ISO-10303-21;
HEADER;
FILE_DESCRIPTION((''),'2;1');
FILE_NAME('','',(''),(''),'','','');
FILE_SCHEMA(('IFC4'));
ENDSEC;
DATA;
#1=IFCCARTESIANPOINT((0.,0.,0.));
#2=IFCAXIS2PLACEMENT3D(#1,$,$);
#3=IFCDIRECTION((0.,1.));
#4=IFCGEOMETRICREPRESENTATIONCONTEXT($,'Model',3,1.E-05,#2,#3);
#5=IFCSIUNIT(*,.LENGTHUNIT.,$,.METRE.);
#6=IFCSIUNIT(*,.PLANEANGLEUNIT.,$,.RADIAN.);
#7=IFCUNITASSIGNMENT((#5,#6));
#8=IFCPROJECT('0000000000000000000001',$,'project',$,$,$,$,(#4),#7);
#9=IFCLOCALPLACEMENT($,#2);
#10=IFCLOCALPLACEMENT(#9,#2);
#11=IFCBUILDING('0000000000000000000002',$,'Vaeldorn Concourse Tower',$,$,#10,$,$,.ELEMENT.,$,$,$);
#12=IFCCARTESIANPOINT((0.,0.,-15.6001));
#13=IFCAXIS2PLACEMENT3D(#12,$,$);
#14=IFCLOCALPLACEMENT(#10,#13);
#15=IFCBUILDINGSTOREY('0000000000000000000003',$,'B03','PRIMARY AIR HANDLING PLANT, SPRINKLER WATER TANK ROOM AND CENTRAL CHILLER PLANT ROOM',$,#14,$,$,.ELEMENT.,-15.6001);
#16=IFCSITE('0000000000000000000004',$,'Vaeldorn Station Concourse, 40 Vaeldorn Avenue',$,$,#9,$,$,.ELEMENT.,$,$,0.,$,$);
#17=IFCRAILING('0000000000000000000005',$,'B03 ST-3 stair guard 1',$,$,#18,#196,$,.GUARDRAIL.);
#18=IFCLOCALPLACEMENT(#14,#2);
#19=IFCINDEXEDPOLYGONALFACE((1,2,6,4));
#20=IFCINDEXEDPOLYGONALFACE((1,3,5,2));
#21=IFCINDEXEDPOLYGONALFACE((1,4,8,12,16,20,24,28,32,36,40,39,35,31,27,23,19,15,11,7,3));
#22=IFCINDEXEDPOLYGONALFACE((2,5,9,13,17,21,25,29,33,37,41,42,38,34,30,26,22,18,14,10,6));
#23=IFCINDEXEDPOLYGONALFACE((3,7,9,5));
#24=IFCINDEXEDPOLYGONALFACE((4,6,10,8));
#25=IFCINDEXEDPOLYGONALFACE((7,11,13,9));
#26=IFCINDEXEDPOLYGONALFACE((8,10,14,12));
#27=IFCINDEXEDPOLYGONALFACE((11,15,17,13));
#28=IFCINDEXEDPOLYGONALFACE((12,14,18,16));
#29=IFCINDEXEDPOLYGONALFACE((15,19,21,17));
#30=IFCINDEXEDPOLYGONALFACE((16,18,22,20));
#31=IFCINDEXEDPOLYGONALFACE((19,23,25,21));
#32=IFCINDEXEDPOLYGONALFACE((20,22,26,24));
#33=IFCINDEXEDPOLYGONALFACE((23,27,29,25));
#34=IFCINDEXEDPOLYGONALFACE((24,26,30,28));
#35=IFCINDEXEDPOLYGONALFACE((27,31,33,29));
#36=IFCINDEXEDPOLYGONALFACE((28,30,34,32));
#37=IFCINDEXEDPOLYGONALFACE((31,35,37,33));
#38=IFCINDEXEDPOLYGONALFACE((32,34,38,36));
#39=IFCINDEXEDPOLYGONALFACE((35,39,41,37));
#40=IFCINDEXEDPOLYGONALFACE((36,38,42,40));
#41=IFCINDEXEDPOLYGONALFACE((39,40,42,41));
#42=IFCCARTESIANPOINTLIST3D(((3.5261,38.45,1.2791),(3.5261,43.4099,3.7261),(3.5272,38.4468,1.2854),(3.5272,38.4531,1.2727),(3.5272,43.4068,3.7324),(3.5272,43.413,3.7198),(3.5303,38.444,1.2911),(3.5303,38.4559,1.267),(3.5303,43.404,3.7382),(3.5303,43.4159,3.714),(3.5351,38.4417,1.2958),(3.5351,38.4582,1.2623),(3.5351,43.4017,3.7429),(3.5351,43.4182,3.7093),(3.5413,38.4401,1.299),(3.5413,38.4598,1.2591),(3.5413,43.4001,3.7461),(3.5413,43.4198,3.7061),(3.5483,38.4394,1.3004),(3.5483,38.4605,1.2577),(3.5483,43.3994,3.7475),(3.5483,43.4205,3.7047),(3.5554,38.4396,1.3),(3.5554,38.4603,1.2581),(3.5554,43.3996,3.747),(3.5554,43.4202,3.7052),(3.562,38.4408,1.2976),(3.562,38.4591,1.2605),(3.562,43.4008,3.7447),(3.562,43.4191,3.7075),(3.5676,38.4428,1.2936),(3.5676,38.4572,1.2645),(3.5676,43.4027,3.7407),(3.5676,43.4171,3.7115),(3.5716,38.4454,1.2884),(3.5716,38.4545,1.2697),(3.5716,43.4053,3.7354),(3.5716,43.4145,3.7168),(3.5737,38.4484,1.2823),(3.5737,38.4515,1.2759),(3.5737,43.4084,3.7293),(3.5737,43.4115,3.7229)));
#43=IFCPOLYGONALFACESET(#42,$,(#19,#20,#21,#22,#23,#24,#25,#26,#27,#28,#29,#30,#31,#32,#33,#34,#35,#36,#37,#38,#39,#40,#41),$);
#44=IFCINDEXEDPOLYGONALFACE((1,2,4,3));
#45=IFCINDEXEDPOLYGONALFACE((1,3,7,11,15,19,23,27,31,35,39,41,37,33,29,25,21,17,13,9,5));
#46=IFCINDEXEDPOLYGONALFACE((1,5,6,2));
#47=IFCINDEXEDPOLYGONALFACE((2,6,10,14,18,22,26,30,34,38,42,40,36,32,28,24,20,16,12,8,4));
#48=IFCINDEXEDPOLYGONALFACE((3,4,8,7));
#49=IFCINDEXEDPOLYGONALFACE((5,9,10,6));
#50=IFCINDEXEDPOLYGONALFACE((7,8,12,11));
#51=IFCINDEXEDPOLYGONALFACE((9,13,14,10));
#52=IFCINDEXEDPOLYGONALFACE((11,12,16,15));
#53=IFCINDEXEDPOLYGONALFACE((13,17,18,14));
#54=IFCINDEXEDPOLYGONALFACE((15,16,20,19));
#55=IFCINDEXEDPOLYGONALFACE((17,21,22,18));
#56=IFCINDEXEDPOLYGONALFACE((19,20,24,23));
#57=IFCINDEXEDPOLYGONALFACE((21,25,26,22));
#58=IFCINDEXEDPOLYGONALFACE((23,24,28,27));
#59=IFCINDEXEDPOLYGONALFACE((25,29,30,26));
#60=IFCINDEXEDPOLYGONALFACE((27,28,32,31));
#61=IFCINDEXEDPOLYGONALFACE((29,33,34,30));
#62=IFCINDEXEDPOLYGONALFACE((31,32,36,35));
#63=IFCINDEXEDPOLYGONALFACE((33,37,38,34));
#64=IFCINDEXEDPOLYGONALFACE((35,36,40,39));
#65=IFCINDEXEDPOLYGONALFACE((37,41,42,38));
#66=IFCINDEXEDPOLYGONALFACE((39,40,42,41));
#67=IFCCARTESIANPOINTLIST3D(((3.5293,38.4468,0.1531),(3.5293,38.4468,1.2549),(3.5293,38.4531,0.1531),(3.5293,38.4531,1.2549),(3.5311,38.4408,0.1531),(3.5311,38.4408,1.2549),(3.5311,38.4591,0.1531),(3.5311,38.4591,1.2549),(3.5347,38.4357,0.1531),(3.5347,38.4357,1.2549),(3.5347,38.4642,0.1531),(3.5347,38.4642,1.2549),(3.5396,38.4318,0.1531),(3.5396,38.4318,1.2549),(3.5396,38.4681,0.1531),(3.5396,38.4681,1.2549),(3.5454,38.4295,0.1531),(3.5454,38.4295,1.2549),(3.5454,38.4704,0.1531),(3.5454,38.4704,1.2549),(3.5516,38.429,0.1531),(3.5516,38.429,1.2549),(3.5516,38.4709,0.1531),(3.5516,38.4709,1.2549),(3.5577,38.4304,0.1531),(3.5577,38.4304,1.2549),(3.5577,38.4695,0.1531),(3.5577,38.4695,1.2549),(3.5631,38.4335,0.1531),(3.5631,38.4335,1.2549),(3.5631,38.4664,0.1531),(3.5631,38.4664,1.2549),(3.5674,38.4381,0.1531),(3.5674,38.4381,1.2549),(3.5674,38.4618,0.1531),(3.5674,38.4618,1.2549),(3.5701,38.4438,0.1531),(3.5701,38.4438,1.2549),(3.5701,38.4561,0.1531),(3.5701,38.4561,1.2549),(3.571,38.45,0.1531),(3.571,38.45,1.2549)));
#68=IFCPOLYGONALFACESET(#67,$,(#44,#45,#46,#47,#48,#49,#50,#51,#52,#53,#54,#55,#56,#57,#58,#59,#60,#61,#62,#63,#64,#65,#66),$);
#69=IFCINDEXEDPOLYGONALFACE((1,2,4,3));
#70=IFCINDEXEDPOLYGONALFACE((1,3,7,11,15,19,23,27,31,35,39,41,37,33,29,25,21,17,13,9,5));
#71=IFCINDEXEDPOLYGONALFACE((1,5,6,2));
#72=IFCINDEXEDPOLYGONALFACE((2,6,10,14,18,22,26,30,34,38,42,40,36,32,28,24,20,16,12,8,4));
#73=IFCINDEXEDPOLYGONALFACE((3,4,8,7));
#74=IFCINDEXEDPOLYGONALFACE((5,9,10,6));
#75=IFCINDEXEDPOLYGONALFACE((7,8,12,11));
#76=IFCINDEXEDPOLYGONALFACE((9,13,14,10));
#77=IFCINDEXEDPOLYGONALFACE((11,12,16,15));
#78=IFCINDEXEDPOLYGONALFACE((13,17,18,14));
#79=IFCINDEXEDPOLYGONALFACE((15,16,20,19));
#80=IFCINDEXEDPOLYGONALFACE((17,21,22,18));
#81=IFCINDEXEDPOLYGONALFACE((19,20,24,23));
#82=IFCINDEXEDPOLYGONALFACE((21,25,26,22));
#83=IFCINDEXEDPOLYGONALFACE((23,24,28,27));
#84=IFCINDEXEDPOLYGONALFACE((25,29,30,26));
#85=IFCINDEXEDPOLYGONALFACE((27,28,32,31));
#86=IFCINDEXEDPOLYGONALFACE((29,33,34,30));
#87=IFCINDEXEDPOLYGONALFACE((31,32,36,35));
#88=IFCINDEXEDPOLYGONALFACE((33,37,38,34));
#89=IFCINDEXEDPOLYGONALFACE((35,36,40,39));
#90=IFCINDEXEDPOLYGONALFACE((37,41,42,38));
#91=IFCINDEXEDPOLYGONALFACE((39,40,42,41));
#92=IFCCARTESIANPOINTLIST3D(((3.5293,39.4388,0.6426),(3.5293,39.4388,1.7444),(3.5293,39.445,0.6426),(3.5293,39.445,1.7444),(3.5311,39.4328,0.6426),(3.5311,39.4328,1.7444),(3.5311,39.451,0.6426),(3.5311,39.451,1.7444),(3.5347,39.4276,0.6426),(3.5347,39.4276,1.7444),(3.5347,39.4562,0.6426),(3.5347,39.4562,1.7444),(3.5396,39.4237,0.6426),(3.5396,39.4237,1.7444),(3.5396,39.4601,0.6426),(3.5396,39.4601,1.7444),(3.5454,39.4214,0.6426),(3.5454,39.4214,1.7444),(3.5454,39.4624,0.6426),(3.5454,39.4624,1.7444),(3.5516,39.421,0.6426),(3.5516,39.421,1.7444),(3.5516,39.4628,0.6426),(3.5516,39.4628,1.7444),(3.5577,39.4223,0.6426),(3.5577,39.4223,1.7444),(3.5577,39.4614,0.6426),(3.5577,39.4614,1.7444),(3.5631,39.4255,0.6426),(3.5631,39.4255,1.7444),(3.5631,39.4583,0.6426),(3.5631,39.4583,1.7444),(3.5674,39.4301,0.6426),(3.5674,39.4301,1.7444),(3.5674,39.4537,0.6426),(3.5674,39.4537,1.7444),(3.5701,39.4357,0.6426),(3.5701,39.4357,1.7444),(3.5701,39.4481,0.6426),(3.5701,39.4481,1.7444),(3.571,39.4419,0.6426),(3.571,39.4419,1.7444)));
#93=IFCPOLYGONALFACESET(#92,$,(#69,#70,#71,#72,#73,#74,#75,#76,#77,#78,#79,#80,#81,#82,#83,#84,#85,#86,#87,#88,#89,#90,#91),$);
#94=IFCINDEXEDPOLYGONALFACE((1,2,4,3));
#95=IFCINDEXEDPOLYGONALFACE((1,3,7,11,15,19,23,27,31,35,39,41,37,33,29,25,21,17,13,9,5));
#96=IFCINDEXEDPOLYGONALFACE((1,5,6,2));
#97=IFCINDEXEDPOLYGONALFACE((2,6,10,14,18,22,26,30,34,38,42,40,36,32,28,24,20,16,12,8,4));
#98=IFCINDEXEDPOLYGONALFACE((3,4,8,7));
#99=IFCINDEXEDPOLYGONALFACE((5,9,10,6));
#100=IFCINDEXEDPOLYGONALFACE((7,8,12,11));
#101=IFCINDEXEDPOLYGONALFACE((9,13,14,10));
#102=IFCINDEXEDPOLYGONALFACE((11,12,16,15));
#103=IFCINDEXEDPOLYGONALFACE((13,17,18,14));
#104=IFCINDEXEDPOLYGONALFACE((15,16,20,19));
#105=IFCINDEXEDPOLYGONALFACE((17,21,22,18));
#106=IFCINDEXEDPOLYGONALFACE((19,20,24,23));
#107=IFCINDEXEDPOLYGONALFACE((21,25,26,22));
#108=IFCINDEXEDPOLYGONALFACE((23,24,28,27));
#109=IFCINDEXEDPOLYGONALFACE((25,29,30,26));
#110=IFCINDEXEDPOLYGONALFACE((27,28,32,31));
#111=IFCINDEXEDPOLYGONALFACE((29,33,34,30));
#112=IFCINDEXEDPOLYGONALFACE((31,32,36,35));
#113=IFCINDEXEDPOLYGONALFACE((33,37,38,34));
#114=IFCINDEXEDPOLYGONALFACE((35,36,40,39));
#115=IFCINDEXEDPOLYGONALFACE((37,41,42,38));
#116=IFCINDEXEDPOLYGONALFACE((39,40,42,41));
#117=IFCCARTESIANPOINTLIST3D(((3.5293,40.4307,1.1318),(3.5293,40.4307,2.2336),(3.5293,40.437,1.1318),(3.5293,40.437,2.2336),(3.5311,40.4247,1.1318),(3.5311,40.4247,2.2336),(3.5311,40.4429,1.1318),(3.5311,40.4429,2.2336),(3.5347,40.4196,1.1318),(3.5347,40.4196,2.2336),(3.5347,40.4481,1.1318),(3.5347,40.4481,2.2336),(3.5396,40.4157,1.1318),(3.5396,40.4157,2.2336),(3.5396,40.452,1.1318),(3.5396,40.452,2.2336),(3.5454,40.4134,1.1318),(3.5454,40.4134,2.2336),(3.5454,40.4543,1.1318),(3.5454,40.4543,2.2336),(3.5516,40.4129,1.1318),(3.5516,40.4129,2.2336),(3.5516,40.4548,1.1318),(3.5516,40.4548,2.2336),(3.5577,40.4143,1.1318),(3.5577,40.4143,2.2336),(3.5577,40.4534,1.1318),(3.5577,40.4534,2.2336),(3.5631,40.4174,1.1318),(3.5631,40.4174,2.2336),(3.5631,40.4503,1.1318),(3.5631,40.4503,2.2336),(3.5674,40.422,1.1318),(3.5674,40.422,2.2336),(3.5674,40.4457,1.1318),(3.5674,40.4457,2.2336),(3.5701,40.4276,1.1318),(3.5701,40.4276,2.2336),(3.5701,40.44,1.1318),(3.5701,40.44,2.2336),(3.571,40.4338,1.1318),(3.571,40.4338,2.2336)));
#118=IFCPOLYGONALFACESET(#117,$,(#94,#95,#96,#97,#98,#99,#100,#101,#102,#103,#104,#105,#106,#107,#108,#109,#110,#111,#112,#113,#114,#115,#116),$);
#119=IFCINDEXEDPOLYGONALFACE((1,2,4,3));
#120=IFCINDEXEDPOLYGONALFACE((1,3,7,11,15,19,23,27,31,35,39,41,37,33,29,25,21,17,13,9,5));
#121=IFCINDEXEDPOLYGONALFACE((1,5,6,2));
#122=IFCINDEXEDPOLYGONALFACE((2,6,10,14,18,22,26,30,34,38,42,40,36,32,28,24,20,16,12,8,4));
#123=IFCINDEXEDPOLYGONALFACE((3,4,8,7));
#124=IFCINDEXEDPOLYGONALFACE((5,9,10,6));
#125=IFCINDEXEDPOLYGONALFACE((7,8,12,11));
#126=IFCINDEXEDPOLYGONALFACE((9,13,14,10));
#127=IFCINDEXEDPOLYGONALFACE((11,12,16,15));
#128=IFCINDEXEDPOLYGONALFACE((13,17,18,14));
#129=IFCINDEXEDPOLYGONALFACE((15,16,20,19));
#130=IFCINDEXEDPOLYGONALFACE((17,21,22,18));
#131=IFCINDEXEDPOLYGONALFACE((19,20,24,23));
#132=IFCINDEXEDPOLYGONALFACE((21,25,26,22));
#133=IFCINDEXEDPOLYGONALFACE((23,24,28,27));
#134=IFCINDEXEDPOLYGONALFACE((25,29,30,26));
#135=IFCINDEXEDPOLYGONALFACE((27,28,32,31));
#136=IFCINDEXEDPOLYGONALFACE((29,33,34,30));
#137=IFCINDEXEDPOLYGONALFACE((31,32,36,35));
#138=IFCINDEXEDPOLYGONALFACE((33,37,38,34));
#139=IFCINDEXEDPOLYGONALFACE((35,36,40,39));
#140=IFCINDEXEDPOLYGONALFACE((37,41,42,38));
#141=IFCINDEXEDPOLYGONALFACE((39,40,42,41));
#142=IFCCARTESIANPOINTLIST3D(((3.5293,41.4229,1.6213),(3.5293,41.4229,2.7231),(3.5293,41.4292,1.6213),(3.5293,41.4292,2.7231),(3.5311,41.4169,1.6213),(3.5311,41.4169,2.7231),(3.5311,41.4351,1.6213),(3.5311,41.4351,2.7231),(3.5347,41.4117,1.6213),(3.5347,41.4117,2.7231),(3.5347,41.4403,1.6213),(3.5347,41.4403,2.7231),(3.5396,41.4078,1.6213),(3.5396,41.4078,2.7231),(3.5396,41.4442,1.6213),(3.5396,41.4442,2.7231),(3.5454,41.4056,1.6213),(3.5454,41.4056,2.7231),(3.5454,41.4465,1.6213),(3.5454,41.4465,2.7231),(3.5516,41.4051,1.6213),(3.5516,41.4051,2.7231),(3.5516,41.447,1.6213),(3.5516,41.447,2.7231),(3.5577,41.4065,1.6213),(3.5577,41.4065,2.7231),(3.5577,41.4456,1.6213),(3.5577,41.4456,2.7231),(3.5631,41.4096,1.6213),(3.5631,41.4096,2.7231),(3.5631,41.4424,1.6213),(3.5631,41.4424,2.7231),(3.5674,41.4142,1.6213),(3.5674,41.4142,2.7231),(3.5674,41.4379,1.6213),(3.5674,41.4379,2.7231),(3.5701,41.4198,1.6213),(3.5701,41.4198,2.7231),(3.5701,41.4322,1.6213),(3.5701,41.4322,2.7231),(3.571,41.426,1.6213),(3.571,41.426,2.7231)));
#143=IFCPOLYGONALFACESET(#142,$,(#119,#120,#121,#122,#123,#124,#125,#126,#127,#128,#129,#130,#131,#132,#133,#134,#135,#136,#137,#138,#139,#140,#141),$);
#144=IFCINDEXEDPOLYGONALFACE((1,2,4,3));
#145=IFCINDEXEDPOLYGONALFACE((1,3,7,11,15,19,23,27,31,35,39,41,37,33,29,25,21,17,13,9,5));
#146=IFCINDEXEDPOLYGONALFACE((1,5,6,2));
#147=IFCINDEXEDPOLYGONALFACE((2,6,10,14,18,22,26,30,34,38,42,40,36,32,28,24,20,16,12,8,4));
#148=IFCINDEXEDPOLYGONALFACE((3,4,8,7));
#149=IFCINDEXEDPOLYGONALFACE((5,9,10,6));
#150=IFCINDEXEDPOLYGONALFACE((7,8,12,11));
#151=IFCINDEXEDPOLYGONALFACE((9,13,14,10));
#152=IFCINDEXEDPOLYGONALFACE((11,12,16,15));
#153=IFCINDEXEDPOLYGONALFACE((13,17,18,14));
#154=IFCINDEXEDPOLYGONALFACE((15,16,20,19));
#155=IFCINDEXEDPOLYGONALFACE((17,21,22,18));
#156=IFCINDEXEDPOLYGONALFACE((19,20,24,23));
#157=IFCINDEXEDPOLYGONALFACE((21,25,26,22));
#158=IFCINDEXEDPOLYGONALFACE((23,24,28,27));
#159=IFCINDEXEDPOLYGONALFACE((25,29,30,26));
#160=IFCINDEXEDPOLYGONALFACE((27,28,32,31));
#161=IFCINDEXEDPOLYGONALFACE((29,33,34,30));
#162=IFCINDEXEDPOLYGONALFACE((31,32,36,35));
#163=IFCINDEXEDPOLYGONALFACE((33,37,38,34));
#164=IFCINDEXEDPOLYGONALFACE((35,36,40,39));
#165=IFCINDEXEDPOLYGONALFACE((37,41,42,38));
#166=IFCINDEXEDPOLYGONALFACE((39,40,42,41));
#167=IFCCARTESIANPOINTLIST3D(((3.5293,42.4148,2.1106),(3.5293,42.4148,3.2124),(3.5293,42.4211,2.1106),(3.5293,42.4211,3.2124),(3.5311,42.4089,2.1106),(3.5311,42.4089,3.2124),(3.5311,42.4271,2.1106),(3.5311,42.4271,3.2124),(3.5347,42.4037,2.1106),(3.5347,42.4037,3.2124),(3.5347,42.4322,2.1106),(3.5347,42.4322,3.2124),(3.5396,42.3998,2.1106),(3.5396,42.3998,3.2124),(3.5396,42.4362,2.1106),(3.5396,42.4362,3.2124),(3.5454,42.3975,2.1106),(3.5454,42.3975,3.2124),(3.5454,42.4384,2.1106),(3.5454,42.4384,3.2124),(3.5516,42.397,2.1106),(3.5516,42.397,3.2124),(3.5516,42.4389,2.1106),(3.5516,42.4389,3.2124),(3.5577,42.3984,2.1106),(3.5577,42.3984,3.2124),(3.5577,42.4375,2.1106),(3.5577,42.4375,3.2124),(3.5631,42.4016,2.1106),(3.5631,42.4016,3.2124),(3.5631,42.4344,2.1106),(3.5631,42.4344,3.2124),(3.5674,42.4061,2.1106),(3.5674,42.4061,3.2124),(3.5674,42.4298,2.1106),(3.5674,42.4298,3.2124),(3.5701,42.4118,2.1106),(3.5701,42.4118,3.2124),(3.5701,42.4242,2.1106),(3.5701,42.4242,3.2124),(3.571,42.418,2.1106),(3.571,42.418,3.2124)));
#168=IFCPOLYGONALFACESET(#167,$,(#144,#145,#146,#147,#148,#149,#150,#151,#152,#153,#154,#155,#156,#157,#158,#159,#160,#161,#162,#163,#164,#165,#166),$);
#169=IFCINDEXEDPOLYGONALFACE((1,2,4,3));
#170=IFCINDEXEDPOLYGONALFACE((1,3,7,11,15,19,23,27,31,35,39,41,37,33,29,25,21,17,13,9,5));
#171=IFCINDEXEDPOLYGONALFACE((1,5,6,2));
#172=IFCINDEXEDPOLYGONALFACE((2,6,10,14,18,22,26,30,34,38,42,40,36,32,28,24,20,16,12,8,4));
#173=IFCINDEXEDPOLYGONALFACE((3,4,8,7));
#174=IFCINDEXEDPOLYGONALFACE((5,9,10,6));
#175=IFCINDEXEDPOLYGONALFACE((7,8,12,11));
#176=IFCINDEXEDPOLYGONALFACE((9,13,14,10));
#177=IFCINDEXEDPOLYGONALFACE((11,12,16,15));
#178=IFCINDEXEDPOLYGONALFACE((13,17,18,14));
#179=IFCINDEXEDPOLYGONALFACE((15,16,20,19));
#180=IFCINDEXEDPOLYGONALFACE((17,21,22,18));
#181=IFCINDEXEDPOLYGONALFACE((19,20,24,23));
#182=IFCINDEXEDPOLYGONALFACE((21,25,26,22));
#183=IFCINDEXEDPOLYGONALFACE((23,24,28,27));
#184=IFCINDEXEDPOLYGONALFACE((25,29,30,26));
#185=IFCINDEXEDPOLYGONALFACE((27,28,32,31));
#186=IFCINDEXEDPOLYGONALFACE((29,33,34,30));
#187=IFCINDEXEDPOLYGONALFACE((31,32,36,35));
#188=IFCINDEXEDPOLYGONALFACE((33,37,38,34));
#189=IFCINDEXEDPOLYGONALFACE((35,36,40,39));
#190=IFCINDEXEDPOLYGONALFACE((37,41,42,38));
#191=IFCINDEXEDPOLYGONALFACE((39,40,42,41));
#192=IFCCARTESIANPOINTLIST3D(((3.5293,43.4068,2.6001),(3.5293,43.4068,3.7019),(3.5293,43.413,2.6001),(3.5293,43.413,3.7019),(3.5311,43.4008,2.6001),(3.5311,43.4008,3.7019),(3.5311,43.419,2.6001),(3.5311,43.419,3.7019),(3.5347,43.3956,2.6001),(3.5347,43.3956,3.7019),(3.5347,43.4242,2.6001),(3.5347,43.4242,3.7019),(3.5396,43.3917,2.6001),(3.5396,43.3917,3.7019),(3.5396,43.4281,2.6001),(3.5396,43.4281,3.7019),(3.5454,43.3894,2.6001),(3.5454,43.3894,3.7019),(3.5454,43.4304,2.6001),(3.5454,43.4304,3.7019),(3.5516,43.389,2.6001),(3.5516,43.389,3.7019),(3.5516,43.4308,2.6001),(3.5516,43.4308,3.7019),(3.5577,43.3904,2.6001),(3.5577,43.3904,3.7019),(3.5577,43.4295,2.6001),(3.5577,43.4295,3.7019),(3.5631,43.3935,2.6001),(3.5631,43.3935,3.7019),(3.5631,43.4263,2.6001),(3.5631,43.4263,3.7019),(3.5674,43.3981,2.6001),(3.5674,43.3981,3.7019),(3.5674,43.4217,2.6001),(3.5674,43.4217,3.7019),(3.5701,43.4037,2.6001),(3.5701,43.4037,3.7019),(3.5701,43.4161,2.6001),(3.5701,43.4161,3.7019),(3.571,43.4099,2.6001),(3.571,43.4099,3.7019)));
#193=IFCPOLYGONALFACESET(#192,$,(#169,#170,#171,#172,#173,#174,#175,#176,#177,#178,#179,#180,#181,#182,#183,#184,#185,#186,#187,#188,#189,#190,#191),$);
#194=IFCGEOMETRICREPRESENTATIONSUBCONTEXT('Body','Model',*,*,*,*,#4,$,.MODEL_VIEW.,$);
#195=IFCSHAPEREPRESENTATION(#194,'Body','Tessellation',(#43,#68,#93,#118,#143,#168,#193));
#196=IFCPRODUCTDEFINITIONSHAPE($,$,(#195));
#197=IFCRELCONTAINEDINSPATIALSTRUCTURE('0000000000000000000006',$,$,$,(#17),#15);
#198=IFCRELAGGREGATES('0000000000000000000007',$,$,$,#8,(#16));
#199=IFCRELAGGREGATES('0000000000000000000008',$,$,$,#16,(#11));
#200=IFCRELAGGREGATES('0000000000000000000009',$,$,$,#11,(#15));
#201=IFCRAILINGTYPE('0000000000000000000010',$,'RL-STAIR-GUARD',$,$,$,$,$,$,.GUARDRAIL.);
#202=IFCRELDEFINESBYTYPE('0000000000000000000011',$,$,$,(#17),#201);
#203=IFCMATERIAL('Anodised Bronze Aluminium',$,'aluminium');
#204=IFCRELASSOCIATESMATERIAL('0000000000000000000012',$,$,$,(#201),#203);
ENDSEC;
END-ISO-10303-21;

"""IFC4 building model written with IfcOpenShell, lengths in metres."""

from ifc_helpers import new_model, si_unit, direction, frame, origin, origin_2d, place, context, subcontext, project, spatial, circle, extrude, material, type_object, element, save


model = new_model("IFC4")

# Units and contexts
model_context = context("Model", 3, precision=1e-05, world=origin(), true_north=direction((0.0, 1.0)))
body_context = subcontext(model_context, "Body", "Model", "MODEL_VIEW")
ifc_project = project(units=[si_unit("LENGTHUNIT", "METRE"), si_unit("PLANEANGLEUNIT", "RADIAN")], contexts=[model_context])

# Site, building, storey
site_placement = place(None, origin())
site = spatial("IfcSite", under=ifc_project, at=site_placement, Name="Vaeldorn Station Concourse, 40 Vaeldorn Avenue", CompositionType="ELEMENT", RefElevation=0.0)
building_placement = place(site_placement, origin())
building = spatial("IfcBuilding", under=site, at=building_placement, Name="Vaeldorn Concourse Tower", CompositionType="ELEMENT")
storey_placement = place(building_placement, frame((0.0, 0.0, -15.6001)))
storey = spatial("IfcBuildingStorey", under=building, at=storey_placement, Name="B03", Description="PRIMARY AIR HANDLING PLANT, SPRINKLER WATER TANK ROOM AND CENTRAL CHILLER PLANT ROOM", CompositionType="ELEMENT", Elevation=-15.6001)

# Railing
ifc_material_1 = material(Name="Anodised Bronze Aluminium", Category="aluminium")
railing_type_1 = type_object("IfcRailingType", Name="RL-STAIR-GUARD", PredefinedType="GUARDRAIL", material=ifc_material_1)
railing_1_placement = place(storey_placement, frame((3.55, 38.45, 0.1531)))
element("IfcRailing", 1, at=railing_1_placement, inside=storey, type_object=railing_type_1, Name="B03 ST-3 stair guard 1", PredefinedType="GUARDRAIL", context=body_context, shape_type="SweptSolid", body=[
    extrude(circle(Radius=0.0239, at=origin_2d()), frame((0.0, 0.0, 1.126), z_axis=(0.0, 0.896798, 0.44244), x_axis=(-1.0, 0.0, 0.0)), (0.0, 0.0, 1.0), 5.5308),
    extrude(circle(Radius=0.021, at=origin_2d()), origin(), (0.0, 0.0, 1.0), 1.1018),
    extrude(circle(Radius=0.021, at=origin_2d()), frame((0.0, 0.9919, 0.4895)), (0.0, 0.0, 1.0), 1.1018),
    extrude(circle(Radius=0.021, at=origin_2d()), frame((0.0, 1.9839, 0.9788)), (0.0, 0.0, 1.0), 1.1018),
    extrude(circle(Radius=0.021, at=origin_2d()), frame((0.0, 2.9761, 1.4683)), (0.0, 0.0, 1.0), 1.1018),
    extrude(circle(Radius=0.021, at=origin_2d()), frame((0.0, 3.968, 1.9575)), (0.0, 0.0, 1.0), 1.1018),
    extrude(circle(Radius=0.021, at=origin_2d()), frame((0.0, 4.96, 2.447)), (0.0, 0.0, 1.0), 1.1018),
])

save(model, "model.ifc")
